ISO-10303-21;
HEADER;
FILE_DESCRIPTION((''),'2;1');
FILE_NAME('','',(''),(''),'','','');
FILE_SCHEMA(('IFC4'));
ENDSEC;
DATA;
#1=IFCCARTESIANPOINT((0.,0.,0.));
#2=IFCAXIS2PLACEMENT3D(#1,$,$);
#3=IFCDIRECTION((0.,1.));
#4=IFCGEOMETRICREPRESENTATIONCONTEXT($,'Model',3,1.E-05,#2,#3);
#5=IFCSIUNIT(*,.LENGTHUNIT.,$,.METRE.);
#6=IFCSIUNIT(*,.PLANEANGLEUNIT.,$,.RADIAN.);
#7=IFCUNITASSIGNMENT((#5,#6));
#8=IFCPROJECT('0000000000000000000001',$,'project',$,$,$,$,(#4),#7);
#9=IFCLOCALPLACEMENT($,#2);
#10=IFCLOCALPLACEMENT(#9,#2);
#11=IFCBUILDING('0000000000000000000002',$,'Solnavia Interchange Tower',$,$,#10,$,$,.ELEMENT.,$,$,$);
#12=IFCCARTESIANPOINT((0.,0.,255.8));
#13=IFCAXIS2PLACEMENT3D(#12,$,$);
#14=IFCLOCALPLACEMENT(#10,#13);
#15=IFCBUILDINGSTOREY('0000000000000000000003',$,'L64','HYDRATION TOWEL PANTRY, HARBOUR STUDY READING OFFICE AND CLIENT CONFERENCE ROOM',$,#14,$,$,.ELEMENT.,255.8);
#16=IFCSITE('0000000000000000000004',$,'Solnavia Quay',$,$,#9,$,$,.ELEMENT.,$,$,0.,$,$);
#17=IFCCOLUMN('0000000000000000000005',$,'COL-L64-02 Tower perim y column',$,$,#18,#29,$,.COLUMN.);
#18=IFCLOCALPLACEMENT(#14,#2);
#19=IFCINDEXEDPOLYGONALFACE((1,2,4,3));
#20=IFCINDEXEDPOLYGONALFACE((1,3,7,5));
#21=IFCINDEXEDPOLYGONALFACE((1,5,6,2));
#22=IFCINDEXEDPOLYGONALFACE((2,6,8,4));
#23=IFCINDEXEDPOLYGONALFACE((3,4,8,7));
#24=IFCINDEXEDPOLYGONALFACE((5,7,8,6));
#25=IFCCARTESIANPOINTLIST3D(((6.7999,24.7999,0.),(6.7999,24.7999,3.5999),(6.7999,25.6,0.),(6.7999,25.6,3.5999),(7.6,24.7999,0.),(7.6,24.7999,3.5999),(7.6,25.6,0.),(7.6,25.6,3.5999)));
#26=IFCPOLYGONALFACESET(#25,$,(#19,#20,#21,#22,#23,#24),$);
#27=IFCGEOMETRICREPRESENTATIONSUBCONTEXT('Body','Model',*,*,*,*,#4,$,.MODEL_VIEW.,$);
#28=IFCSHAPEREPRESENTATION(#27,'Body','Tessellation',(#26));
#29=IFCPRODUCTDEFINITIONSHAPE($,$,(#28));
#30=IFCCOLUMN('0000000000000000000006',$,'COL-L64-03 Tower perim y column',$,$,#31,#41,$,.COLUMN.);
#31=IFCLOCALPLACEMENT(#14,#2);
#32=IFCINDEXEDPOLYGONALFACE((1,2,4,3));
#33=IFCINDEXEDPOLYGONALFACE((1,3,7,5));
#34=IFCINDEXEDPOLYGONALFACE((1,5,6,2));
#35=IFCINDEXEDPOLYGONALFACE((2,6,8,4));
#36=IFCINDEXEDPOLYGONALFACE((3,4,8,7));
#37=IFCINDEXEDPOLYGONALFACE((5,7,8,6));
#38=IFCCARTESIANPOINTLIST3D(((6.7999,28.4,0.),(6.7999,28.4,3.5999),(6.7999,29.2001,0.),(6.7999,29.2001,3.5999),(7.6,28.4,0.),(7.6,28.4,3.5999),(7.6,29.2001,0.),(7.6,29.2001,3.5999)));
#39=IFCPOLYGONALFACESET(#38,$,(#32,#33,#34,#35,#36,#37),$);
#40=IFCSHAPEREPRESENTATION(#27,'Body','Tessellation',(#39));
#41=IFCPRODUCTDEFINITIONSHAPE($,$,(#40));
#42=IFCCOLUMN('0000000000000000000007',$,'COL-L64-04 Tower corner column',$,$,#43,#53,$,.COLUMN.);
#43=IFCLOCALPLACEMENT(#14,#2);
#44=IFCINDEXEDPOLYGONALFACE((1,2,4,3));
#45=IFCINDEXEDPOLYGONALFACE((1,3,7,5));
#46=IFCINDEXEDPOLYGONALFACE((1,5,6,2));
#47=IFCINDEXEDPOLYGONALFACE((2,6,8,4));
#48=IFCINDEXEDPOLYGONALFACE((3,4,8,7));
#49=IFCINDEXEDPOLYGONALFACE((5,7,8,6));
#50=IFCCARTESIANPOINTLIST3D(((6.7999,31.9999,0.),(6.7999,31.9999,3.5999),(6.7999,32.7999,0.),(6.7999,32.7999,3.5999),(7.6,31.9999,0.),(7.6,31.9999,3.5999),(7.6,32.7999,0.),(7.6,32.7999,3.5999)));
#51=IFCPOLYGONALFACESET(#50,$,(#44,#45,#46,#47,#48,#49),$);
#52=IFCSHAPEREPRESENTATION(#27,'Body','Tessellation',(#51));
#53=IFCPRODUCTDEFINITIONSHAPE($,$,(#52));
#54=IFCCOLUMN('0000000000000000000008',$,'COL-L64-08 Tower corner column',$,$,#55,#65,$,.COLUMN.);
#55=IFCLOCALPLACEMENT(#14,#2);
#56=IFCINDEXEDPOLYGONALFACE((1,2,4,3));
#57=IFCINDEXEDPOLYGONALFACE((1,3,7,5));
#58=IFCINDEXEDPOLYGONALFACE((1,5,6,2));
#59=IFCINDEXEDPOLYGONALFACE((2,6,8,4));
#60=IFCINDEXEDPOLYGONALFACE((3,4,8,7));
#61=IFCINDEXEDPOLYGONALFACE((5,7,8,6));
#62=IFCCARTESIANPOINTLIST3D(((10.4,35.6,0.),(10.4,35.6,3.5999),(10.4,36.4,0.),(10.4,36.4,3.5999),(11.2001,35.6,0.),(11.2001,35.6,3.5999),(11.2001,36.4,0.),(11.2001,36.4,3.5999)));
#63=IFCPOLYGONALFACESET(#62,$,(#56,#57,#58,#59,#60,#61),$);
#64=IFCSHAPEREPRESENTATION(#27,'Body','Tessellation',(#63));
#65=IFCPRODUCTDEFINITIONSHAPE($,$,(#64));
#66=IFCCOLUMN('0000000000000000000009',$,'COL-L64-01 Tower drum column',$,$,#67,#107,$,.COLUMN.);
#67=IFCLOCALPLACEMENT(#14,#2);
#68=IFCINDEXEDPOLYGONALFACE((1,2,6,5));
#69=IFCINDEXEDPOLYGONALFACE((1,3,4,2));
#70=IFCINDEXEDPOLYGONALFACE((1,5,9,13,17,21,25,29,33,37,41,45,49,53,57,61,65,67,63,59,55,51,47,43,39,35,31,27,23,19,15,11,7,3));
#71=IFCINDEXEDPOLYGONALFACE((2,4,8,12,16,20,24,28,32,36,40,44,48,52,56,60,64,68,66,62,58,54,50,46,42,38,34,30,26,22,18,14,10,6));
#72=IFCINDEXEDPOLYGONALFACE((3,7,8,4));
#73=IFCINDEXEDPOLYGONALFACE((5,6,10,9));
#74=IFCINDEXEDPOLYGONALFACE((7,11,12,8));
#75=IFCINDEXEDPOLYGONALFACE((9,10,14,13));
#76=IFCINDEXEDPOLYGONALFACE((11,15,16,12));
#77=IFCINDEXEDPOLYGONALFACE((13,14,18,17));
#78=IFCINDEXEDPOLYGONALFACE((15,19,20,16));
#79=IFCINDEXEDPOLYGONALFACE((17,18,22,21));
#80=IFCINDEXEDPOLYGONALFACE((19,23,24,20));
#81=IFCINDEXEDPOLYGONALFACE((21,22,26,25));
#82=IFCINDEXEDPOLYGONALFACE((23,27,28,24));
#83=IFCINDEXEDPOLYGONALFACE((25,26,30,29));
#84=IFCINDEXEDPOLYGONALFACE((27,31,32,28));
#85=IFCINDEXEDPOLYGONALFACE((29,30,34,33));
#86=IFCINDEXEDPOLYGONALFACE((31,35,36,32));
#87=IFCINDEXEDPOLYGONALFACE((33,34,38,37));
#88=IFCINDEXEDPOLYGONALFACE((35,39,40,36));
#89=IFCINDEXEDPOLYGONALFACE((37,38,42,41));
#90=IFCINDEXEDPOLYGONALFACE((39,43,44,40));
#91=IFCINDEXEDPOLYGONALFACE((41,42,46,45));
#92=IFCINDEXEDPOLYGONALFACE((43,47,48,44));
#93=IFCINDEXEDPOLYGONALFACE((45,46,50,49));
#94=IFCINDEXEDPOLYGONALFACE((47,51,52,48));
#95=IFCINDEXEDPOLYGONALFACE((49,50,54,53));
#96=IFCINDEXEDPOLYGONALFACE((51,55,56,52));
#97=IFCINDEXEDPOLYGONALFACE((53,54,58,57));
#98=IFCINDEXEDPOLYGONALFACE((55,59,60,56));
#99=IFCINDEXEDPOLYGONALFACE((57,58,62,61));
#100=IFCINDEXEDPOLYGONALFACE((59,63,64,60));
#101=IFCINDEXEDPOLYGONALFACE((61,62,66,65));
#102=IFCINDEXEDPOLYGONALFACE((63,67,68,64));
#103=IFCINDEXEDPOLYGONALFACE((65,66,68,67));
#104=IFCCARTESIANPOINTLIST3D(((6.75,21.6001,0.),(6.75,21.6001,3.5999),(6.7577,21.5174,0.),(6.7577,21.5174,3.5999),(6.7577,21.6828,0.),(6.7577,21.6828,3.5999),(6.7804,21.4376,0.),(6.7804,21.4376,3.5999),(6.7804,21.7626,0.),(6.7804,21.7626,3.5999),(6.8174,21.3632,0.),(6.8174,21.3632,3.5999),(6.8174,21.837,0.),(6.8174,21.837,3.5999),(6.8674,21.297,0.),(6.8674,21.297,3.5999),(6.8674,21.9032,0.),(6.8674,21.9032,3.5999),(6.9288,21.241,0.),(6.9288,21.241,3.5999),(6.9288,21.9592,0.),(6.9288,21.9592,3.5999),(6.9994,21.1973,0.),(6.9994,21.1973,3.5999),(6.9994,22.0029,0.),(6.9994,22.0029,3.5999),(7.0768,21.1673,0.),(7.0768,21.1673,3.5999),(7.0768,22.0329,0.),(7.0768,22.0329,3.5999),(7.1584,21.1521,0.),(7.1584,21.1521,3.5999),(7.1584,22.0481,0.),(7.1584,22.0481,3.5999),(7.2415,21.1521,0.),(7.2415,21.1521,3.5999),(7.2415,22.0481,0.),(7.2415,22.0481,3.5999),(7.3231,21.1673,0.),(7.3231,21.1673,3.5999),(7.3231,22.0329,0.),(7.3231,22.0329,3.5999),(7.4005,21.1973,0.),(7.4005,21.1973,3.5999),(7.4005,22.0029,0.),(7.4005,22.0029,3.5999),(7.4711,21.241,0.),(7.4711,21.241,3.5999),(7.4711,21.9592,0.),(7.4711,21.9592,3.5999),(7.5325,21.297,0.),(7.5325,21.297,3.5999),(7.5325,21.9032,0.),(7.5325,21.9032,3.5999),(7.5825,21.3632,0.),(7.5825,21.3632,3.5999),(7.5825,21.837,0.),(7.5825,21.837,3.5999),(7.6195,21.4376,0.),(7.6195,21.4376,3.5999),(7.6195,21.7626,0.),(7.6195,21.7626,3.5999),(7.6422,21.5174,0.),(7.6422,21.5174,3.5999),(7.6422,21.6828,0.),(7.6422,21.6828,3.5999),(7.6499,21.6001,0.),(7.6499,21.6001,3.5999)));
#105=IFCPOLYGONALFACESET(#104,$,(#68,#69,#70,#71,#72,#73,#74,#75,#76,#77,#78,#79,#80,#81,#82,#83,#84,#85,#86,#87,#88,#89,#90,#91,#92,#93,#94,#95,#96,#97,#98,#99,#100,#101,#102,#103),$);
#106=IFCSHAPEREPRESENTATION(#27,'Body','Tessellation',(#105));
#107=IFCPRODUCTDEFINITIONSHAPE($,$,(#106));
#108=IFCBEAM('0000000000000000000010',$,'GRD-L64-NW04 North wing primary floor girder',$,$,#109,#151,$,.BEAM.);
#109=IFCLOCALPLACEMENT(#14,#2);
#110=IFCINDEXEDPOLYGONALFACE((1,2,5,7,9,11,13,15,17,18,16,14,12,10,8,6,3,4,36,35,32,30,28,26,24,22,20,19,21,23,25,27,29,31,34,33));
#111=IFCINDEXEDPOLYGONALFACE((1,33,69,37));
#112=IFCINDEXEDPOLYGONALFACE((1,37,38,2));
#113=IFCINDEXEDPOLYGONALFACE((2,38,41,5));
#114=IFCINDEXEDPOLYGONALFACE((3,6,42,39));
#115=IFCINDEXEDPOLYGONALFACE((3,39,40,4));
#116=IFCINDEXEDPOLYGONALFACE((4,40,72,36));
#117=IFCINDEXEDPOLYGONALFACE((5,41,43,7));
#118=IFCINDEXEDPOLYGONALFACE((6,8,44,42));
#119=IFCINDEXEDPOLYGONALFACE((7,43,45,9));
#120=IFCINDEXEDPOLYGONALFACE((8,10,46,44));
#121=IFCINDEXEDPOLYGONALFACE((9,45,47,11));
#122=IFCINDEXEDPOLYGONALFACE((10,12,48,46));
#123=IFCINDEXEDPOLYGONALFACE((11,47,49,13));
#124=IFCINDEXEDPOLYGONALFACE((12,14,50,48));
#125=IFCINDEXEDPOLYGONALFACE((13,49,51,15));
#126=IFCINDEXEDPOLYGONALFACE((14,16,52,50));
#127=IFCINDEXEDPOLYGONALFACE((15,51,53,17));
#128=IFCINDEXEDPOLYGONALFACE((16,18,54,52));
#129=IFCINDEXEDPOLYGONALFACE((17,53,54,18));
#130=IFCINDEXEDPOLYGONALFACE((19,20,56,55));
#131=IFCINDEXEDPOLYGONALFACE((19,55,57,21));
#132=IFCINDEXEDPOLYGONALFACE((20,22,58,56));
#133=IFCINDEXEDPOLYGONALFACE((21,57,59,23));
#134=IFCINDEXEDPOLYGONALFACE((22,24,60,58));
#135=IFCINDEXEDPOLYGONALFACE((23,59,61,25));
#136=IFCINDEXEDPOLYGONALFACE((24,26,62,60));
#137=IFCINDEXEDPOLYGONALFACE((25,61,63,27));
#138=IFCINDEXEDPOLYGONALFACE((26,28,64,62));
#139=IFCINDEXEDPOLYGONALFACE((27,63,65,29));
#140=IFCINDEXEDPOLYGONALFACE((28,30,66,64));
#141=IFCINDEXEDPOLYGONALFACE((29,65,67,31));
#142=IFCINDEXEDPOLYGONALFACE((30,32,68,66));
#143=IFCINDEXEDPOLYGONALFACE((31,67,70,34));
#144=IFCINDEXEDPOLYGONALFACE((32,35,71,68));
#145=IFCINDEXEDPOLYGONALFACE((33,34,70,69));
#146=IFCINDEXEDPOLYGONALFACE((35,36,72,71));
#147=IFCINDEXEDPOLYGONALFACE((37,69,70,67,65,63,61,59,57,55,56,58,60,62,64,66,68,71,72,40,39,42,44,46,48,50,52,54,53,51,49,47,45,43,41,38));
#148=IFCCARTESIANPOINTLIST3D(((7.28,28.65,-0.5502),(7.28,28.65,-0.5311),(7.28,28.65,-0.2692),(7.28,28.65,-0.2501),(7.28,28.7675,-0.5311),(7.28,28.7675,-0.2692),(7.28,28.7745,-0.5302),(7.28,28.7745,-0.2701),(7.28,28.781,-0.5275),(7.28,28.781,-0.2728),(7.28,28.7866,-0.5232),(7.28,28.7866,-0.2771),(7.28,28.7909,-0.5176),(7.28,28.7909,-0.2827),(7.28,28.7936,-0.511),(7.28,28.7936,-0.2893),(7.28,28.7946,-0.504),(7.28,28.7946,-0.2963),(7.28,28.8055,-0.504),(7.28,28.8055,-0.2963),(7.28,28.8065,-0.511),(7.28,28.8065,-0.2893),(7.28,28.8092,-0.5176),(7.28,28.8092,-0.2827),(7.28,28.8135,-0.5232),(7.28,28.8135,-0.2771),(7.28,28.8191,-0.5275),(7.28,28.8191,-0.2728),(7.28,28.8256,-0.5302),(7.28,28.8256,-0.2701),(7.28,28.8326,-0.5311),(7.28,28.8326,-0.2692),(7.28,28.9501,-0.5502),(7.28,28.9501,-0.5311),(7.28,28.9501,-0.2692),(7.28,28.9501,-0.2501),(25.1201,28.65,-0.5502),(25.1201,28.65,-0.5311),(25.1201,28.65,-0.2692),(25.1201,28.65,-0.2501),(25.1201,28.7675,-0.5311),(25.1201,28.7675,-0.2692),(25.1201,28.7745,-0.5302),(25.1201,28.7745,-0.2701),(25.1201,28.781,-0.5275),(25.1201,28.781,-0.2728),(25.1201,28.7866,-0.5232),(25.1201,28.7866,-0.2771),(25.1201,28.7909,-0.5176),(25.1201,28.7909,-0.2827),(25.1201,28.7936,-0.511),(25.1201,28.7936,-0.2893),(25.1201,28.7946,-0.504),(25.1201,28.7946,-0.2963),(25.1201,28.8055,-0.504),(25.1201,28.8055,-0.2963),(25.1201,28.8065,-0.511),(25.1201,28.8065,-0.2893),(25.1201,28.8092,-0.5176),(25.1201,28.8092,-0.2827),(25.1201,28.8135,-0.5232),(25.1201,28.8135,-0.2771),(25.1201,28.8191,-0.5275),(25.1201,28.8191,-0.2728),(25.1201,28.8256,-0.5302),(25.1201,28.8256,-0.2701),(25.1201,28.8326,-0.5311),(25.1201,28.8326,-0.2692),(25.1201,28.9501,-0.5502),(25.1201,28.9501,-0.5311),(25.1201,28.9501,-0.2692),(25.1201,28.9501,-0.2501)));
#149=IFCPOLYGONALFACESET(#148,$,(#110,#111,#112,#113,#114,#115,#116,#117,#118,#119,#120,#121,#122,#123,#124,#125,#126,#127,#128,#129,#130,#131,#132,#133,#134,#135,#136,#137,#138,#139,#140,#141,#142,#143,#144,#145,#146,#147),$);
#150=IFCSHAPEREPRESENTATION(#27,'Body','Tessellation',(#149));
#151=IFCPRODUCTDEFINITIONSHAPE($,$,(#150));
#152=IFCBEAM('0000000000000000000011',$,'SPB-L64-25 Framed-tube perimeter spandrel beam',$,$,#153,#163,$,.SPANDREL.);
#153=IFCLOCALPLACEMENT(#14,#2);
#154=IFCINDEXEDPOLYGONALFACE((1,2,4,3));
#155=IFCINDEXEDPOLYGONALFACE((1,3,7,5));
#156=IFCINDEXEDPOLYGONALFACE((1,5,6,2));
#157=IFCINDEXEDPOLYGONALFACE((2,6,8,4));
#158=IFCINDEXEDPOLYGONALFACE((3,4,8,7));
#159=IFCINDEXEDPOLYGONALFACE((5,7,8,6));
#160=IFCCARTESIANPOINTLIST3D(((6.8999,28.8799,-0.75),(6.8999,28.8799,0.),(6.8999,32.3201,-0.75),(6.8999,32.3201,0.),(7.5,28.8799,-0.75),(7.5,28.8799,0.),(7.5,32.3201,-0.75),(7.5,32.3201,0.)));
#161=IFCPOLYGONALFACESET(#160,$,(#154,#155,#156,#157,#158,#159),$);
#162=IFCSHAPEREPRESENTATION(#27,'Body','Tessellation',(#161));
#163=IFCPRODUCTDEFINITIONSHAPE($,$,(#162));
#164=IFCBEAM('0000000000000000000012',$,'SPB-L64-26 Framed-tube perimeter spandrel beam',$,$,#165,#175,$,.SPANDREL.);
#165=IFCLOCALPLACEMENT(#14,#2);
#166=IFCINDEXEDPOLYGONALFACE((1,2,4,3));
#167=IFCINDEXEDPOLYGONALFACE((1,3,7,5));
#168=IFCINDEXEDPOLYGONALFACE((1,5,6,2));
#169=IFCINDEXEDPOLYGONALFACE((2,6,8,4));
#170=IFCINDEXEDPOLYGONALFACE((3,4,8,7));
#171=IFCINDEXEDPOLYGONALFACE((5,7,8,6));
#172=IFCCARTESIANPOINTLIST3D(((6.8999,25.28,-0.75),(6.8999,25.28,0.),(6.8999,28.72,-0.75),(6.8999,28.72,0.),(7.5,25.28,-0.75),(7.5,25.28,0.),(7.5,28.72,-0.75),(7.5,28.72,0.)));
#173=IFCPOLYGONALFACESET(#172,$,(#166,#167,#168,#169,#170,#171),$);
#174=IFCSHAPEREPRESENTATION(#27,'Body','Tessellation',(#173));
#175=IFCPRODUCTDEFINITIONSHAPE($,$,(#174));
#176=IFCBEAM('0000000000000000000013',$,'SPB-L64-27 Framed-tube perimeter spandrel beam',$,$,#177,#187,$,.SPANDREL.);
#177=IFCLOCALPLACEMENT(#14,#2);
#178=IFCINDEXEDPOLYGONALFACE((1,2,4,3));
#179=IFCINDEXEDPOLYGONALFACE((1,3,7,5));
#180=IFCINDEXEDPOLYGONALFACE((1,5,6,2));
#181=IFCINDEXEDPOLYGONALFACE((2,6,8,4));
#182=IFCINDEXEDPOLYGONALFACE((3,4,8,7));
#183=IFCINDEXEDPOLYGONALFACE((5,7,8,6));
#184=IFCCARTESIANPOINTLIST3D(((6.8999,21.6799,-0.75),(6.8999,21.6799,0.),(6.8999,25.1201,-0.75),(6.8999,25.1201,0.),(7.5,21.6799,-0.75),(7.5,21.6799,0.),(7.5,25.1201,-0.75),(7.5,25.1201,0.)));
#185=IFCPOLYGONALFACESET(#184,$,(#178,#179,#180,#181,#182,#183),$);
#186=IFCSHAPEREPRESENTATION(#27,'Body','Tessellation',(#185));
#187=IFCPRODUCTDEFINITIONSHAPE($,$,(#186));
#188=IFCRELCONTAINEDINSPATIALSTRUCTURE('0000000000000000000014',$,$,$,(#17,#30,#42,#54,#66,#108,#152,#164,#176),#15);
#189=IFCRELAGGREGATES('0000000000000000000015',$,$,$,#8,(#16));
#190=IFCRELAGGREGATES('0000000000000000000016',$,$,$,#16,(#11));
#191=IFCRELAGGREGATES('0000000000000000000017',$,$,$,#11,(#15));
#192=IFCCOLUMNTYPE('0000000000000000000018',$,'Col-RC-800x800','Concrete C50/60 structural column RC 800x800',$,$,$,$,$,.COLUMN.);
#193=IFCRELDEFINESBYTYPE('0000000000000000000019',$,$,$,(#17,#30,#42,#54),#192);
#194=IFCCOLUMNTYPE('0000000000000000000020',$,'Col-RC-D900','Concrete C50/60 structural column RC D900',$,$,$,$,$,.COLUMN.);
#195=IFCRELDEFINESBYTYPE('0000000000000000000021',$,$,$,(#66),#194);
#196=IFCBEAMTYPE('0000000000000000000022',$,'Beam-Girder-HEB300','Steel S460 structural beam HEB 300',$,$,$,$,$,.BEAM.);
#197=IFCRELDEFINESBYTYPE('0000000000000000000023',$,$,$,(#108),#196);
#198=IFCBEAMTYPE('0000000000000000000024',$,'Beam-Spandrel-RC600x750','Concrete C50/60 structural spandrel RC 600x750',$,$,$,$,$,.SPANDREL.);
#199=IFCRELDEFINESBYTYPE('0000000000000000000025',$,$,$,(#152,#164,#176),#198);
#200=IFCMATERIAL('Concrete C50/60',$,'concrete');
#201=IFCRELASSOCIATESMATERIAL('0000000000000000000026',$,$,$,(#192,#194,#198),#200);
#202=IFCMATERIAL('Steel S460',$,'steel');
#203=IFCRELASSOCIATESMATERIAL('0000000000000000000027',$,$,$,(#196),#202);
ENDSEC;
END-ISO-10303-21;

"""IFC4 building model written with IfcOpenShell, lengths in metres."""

from ifc_helpers import new_model, si_unit, direction, frame, origin, origin_2d, place, context, subcontext, project, spatial, rectangle, circle, i_section, extrude, material, material_profile, profile_set, type_object, element, save


model = new_model("IFC4")

# Units and contexts
model_context = context("Model", 3, precision=1e-05, world=origin(), true_north=direction((0.0, 1.0)))
body_context = subcontext(model_context, "Body", "Model", "MODEL_VIEW")
ifc_project = project(units=[si_unit("LENGTHUNIT", "METRE"), si_unit("PLANEANGLEUNIT", "RADIAN")], contexts=[model_context])

# Site, building, storey
site_placement = place(None, origin())
site = spatial("IfcSite", under=ifc_project, at=site_placement, Name="Solnavia Quay", CompositionType="ELEMENT", RefElevation=0.0)
building_placement = place(site_placement, origin())
building = spatial("IfcBuilding", under=site, at=building_placement, Name="Solnavia Interchange Tower", CompositionType="ELEMENT")
storey_placement = place(building_placement, frame((0.0, 0.0, 255.8)))
storey = spatial("IfcBuildingStorey", under=building, at=storey_placement, Name="L64", Description="HYDRATION TOWEL PANTRY, HARBOUR STUDY READING OFFICE AND CLIENT CONFERENCE ROOM", CompositionType="ELEMENT", Elevation=255.8)

# Columns
ifc_material_1 = material(Name="Concrete C50/60", Category="concrete")
ifc_material_profile_1 = material_profile(ifc_material_1, rectangle(XDim=0.8, YDim=0.8, at=origin_2d()), Name="RC 800x800")
ifc_profile_set_1 = profile_set([ifc_material_profile_1], Name="Concrete C50/60")
column_type_1 = type_object("IfcColumnType", Name="Col-RC-800x800", Description="Concrete C50/60 structural column RC 800x800", PredefinedType="COLUMN", material=ifc_profile_set_1)
for number, where, z_axis, x_axis, name in (
    (1, (7.2, 25.2, 0.0), (0.0, 0.0, 1.0), (0.0, 1.0, 0.0), "COL-L64-02 Tower perim y column"),
    (2, (7.2, 28.8, 0.0), (0.0, 0.0, 1.0), (0.0, 1.0, 0.0), "COL-L64-03 Tower perim y column"),
    (3, (7.2, 32.3999, 0.0), (0.0, 0.0, 1.0), (0.0, 1.0, 0.0), "COL-L64-04 Tower corner column"),
    (4, (10.8, 36.0, 0.0), (0.0, 0.0, 1.0), (1.0, 0.0, 0.0), "COL-L64-08 Tower corner column"),
):
    element("IfcColumn", number, at=place(storey_placement, frame(where, z_axis=z_axis, x_axis=x_axis)), inside=storey, type_object=column_type_1, Name=name, PredefinedType="COLUMN", context=body_context, shape_type="SweptSolid", body=[
        extrude(rectangle(XDim=0.8, YDim=0.8, at=origin_2d()), origin(), (0.0, 0.0, 1.0), 3.5999),
    ])
ifc_material_profile_2 = material_profile(ifc_material_1, circle(Radius=0.45, at=origin_2d()), Name="RC D900")
ifc_profile_set_2 = profile_set([ifc_material_profile_2], Name="Concrete C50/60")
column_type_2 = type_object("IfcColumnType", Name="Col-RC-D900", Description="Concrete C50/60 structural column RC D900", PredefinedType="COLUMN", material=ifc_profile_set_2)
column_placement = place(storey_placement, frame((7.2, 21.6001, 0.0), z_axis=(0.0, 0.0, 1.0), x_axis=(1.0, 0.0, 0.0)))
element("IfcColumn", 5, at=column_placement, inside=storey, type_object=column_type_2, Name="COL-L64-01 Tower drum column", PredefinedType="COLUMN", context=body_context, shape_type="SweptSolid", body=[
    extrude(circle(Radius=0.45, at=origin_2d()), origin(), (0.0, 0.0, 1.0), 3.5999),
])

# Beams
ifc_material_2 = material(Name="Steel S460", Category="steel")
ifc_material_profile_3 = material_profile(ifc_material_2, i_section(OverallWidth=0.3, OverallDepth=0.3, WebThickness=0.011, FlangeThickness=0.019, FilletRadius=0.0271, at=origin_2d()), Name="HEB 300")
ifc_profile_set_3 = profile_set([ifc_material_profile_3], Name="Steel S460")
beam_type_1 = type_object("IfcBeamType", Name="Beam-Girder-HEB300", Description="Steel S460 structural beam HEB 300", PredefinedType="BEAM", material=ifc_profile_set_3)
beam_1_placement = place(storey_placement, frame((7.28, 28.8, -0.4001), z_axis=(1.0, 0.0, 0.0), x_axis=(0.0, 1.0, 0.0)))
element("IfcBeam", 6, at=beam_1_placement, inside=storey, type_object=beam_type_1, Name="GRD-L64-NW04 North wing primary floor girder", PredefinedType="BEAM", context=body_context, shape_type="SweptSolid", body=[
    extrude(i_section(OverallWidth=0.3, OverallDepth=0.3, WebThickness=0.011, FlangeThickness=0.019, FilletRadius=0.0271, at=origin_2d()), origin(), (0.0, 0.0, 1.0), 17.8401),
])
ifc_material_profile_4 = material_profile(ifc_material_1, rectangle(XDim=0.6001, YDim=0.75, at=origin_2d()), Name="RC 600x750")
ifc_profile_set_4 = profile_set([ifc_material_profile_4], Name="Concrete C50/60")
beam_type_2 = type_object("IfcBeamType", Name="Beam-Spandrel-RC600x750", Description="Concrete C50/60 structural spandrel RC 600x750", PredefinedType="SPANDREL", material=ifc_profile_set_4)
beam_2_placement = place(storey_placement, frame((7.2, 32.3201, -0.375), z_axis=(0.0, -1.0, 0.0), x_axis=(1.0, 0.0, 0.0)))
element("IfcBeam", 7, at=beam_2_placement, inside=storey, type_object=beam_type_2, Name="SPB-L64-25 Framed-tube perimeter spandrel beam", PredefinedType="SPANDREL", context=body_context, shape_type="SweptSolid", body=[
    extrude(rectangle(XDim=0.6001, YDim=0.75, at=origin_2d()), origin(), (0.0, 0.0, 1.0), 3.4402),
])
beam_3_placement = place(storey_placement, frame((7.2, 28.72, -0.375), z_axis=(0.0, -1.0, 0.0), x_axis=(1.0, 0.0, 0.0)))
element("IfcBeam", 8, at=beam_3_placement, inside=storey, type_object=beam_type_2, Name="SPB-L64-26 Framed-tube perimeter spandrel beam", PredefinedType="SPANDREL", context=body_context, shape_type="SweptSolid", body=[
    extrude(rectangle(XDim=0.6001, YDim=0.75, at=origin_2d()), origin(), (0.0, 0.0, 1.0), 3.4399),
])
beam_4_placement = place(storey_placement, frame((7.2, 25.1201, -0.375), z_axis=(0.0, -1.0, 0.0), x_axis=(1.0, 0.0, 0.0)))
element("IfcBeam", 9, at=beam_4_placement, inside=storey, type_object=beam_type_2, Name="SPB-L64-27 Framed-tube perimeter spandrel beam", PredefinedType="SPANDREL", context=body_context, shape_type="SweptSolid", body=[
    extrude(rectangle(XDim=0.6001, YDim=0.75, at=origin_2d()), origin(), (0.0, 0.0, 1.0), 3.4402),
])

save(model, "model.ifc")
